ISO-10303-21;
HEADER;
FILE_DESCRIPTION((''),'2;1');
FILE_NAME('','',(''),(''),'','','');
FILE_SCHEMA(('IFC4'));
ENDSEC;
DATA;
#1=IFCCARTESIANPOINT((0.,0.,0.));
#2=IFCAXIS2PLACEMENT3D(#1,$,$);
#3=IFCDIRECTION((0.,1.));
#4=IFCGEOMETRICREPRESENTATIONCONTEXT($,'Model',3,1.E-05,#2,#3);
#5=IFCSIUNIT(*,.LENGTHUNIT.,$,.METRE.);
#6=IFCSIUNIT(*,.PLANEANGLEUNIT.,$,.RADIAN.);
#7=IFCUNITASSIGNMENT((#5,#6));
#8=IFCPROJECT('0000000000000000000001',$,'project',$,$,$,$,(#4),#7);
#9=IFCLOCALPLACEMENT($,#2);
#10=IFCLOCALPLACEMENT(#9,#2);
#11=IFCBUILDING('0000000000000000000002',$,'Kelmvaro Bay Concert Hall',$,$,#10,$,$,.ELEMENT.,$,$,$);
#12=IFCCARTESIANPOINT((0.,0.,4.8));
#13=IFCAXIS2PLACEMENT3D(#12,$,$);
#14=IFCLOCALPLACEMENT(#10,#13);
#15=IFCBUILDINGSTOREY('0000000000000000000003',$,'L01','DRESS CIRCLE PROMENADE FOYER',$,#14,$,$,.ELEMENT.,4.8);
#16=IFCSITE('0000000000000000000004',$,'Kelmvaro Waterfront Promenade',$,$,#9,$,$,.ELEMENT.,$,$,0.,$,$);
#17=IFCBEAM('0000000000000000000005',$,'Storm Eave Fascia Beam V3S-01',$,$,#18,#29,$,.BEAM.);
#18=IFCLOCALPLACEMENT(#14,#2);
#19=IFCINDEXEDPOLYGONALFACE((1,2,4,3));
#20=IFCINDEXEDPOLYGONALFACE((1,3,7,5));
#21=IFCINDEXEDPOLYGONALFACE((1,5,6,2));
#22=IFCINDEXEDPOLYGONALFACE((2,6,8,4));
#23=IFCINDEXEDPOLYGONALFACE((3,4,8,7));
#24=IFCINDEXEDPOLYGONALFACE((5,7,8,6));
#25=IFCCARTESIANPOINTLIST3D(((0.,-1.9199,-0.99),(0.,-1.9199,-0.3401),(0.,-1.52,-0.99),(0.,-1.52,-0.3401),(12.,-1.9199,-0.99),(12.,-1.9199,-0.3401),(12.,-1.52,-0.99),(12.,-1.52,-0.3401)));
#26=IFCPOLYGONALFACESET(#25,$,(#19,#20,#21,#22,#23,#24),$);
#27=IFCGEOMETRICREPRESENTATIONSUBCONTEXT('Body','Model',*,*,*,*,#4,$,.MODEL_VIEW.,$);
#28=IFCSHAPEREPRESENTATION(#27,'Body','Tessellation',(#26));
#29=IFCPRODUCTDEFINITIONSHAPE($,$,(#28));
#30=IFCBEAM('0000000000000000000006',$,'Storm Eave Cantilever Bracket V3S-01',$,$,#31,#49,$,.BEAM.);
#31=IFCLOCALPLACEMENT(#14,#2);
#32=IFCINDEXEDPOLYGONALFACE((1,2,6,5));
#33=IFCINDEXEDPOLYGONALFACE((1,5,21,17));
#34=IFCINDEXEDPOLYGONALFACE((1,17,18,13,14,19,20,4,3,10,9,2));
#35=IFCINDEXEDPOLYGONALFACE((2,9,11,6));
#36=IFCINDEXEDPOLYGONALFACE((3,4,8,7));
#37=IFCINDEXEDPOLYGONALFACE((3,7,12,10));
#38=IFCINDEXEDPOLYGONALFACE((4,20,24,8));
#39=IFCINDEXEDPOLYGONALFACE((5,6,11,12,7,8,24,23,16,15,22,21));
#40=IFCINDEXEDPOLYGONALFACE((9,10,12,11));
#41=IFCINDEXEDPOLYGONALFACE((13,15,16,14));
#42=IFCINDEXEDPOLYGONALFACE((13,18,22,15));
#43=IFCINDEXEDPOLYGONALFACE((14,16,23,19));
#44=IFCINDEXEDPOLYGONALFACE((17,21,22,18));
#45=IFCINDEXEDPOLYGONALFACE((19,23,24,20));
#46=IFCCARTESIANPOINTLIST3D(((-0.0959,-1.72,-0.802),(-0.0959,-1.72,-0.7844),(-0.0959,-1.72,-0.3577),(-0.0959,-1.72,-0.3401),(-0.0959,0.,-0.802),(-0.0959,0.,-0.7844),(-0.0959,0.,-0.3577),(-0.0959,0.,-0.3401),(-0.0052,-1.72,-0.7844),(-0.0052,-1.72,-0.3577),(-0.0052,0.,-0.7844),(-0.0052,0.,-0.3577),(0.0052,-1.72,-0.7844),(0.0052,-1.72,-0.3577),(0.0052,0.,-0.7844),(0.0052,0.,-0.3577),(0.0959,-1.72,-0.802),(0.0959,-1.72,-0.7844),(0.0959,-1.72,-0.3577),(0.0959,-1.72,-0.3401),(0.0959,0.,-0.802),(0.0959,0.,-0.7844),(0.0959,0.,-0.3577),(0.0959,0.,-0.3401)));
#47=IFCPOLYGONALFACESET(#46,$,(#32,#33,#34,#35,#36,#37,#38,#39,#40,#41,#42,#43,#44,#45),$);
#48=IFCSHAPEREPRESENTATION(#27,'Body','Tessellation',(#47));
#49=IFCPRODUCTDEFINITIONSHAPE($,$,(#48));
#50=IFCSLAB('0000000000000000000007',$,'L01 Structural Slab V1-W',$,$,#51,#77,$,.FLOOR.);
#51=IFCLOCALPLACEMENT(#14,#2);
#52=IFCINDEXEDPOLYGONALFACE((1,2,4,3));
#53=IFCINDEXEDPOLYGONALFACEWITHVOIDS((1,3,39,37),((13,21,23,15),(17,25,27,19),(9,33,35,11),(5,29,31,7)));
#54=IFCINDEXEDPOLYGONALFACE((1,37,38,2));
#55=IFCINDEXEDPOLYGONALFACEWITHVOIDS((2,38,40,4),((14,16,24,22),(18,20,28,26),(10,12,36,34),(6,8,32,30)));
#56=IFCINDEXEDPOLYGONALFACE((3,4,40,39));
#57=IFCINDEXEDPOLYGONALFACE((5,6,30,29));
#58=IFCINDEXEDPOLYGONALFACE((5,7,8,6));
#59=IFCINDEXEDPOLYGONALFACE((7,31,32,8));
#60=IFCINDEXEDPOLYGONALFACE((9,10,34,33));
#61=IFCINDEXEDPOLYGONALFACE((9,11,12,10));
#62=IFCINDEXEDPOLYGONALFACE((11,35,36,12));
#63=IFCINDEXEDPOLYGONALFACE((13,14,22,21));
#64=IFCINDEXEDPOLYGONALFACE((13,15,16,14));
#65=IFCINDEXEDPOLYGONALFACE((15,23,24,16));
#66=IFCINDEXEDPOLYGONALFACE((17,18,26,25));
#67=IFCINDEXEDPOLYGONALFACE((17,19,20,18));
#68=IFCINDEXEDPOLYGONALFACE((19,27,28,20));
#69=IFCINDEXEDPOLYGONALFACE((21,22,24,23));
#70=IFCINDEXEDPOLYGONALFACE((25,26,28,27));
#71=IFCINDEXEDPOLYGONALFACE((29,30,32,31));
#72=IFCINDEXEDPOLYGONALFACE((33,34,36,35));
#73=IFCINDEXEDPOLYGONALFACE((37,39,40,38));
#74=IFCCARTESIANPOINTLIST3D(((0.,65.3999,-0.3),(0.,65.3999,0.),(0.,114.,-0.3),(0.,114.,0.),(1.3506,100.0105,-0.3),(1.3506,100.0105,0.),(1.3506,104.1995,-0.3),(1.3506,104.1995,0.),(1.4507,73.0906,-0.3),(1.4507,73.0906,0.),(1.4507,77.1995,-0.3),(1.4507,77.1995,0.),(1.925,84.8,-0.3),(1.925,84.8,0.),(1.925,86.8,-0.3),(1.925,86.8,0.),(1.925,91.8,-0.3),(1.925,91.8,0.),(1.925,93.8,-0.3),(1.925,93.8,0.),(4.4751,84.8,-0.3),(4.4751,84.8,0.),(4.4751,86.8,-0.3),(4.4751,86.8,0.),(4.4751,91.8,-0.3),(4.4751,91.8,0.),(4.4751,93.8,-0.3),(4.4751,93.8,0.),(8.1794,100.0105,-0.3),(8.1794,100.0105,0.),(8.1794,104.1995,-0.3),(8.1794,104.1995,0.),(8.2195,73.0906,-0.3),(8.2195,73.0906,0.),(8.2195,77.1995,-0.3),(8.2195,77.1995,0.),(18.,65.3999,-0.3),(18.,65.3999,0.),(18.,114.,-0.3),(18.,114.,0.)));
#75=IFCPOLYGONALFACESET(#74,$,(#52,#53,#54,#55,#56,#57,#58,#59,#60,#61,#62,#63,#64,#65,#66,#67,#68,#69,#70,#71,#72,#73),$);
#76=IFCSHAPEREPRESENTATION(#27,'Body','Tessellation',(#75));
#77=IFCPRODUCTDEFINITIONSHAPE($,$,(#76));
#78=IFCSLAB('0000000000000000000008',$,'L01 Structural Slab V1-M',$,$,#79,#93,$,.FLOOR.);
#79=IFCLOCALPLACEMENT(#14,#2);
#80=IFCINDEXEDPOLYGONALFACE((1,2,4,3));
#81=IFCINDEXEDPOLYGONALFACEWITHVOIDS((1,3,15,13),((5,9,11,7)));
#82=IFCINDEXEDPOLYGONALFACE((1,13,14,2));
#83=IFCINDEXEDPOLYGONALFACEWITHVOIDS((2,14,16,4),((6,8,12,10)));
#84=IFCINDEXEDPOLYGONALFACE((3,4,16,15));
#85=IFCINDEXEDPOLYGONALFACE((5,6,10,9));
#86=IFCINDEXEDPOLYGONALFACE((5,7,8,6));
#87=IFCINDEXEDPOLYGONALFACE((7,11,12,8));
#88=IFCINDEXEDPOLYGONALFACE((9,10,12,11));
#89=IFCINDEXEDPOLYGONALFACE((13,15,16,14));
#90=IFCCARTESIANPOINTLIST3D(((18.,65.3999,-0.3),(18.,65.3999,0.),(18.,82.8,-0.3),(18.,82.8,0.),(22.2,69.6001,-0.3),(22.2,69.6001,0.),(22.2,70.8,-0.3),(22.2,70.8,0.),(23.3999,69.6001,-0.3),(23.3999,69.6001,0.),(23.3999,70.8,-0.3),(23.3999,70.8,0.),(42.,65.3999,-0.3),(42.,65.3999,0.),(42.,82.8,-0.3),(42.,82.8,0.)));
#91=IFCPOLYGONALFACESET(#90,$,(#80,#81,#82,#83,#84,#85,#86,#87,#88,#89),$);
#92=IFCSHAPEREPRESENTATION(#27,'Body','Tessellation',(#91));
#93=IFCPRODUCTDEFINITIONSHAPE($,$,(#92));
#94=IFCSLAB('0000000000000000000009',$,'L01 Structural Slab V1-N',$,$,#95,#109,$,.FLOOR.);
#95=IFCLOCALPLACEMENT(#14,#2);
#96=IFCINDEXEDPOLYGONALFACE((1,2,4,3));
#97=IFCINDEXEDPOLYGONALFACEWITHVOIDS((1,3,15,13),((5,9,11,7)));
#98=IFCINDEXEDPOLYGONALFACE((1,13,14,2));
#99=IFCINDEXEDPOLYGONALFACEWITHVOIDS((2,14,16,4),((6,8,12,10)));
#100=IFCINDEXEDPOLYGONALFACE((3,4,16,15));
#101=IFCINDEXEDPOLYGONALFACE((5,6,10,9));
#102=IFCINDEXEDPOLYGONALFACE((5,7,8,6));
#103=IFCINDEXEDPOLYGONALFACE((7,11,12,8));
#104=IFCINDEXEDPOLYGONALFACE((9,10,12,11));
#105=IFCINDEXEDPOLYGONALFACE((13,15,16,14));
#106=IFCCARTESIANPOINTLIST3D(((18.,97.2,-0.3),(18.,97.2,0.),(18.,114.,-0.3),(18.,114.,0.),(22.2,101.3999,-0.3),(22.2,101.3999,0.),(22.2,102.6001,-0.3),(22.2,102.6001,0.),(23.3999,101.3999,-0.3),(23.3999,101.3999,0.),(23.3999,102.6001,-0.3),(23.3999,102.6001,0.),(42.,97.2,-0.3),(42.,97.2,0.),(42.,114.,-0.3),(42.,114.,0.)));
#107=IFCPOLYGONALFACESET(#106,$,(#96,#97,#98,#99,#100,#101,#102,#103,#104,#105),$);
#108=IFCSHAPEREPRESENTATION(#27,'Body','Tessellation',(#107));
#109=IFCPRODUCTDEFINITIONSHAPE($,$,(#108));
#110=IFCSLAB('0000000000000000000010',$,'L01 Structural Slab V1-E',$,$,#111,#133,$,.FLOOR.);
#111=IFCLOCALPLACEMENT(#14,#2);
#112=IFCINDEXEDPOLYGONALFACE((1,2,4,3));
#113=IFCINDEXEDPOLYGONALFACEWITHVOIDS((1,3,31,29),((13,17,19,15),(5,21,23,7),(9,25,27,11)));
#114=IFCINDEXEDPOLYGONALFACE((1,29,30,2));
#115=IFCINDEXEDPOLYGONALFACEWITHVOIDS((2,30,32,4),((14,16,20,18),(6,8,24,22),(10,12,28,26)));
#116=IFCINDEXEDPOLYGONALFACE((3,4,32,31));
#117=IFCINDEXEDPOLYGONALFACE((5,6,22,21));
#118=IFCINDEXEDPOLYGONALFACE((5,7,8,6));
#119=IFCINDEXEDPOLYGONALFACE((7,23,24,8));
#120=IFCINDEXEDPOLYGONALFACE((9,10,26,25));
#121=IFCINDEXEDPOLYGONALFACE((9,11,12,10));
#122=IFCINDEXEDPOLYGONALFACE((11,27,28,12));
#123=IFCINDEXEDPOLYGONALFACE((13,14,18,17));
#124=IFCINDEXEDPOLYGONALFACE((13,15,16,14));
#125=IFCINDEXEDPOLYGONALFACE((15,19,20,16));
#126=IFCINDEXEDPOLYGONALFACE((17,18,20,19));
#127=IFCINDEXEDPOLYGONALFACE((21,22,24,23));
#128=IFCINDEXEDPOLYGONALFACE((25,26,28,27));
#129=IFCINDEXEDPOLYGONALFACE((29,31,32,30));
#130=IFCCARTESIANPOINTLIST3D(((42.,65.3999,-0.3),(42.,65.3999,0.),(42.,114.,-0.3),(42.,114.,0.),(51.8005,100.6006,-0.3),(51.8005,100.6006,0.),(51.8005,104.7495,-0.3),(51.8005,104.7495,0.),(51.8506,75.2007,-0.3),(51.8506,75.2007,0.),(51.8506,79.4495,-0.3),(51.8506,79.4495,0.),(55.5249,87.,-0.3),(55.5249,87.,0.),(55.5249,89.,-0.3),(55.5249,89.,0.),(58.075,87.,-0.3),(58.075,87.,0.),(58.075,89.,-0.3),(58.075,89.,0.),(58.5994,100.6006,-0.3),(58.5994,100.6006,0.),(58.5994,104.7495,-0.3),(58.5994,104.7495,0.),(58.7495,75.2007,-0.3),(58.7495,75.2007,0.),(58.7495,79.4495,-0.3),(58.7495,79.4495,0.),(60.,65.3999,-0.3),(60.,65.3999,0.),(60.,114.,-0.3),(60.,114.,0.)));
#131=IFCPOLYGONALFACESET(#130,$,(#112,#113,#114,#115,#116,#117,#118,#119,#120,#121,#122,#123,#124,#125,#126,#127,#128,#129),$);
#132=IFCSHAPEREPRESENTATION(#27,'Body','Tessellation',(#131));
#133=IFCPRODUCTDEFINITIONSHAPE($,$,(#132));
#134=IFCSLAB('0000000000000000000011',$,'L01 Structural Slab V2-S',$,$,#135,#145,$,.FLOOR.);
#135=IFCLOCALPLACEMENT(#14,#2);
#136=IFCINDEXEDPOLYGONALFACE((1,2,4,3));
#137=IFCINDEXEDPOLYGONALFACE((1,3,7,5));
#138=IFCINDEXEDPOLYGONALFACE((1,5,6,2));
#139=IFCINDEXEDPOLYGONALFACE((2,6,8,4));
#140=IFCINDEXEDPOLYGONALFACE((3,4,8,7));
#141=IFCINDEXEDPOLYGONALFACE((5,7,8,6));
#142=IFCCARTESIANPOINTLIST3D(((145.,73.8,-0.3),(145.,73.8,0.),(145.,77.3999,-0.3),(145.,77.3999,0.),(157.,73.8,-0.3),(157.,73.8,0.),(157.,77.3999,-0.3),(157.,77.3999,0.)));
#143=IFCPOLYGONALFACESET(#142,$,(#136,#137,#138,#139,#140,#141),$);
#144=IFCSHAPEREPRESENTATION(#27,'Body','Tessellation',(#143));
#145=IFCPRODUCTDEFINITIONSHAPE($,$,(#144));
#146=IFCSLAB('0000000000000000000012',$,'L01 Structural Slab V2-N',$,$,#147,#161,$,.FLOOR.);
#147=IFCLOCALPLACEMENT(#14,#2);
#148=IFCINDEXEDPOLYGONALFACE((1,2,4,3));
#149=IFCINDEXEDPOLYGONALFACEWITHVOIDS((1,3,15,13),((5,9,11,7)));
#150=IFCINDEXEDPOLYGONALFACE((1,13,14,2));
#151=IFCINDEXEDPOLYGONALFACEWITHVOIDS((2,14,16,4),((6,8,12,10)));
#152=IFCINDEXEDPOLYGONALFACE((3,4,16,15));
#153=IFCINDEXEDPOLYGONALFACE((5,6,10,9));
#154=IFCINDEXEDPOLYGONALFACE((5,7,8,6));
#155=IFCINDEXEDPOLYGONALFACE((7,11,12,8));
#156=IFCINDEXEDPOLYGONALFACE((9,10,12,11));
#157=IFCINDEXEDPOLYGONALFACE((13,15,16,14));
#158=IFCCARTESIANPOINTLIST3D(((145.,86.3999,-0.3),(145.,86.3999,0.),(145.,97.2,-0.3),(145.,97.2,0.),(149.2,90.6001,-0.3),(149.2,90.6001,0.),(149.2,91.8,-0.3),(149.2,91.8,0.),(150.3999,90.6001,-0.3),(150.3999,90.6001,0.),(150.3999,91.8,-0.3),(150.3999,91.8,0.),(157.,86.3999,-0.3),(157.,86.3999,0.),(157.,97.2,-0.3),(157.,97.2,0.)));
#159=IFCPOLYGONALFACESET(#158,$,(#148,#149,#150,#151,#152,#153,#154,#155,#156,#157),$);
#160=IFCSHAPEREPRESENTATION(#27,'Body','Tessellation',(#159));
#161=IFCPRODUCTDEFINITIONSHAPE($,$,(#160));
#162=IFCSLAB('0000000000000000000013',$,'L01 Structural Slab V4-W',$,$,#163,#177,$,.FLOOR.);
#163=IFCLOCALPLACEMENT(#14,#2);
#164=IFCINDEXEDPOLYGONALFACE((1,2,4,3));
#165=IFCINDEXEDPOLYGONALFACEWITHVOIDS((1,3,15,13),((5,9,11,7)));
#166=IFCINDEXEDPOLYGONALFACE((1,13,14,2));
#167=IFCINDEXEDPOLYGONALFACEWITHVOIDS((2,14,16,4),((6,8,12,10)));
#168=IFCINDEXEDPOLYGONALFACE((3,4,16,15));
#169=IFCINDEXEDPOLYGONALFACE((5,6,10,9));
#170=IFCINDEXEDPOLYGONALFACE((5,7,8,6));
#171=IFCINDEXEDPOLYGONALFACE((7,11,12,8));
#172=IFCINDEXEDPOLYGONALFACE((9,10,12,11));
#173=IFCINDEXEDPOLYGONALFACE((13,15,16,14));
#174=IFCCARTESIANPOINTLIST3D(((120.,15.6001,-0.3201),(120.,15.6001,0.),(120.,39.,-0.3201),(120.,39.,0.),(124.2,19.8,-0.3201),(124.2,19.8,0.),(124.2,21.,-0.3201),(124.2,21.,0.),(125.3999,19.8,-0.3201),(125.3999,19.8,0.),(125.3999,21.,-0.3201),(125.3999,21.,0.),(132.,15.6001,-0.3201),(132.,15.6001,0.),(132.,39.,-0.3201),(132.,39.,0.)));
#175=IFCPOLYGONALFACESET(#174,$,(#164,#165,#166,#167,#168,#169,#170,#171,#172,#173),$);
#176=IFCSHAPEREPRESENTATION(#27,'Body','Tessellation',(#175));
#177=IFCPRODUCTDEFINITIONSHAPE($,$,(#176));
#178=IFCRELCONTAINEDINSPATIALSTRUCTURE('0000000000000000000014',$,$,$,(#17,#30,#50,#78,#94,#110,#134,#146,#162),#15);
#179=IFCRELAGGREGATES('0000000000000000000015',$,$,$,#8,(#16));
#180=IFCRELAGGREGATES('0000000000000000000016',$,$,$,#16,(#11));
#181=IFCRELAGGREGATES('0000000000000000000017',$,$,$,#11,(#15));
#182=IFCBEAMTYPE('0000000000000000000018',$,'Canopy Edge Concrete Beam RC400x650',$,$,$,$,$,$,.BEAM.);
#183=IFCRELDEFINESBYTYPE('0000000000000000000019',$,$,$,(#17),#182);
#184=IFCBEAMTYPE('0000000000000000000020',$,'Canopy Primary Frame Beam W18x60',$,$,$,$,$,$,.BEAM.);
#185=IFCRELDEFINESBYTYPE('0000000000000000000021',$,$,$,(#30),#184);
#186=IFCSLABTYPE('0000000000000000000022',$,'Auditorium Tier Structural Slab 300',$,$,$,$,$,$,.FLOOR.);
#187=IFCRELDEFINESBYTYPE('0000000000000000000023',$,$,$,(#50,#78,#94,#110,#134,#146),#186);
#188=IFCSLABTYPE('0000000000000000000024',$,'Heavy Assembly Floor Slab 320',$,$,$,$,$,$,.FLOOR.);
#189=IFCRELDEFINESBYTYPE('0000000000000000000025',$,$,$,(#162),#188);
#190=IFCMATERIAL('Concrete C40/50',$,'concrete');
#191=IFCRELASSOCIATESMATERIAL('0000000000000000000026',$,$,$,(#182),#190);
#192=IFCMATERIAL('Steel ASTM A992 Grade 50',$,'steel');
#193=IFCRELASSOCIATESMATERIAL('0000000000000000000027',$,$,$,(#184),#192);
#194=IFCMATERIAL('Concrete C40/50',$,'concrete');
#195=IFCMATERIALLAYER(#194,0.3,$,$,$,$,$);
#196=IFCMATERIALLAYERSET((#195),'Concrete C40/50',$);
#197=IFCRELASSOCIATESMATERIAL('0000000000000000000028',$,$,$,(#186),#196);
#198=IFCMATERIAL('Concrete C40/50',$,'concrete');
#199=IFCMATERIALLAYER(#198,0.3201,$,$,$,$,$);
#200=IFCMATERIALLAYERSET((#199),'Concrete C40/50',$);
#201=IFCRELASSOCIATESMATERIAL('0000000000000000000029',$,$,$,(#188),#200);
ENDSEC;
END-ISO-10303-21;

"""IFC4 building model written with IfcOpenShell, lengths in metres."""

from ifc_helpers import new_model, si_unit, direction, frame, origin, origin_2d, place, context, subcontext, project, spatial, polyline, rectangle, i_section, outline, extrude, material, layer, layer_set, material_profile, profile_set, type_object, element, save


model = new_model("IFC4")

# Units and contexts
model_context = context("Model", 3, precision=1e-05, world=origin(), true_north=direction((0.0, 1.0)))
body_context = subcontext(model_context, "Body", "Model", "MODEL_VIEW")
ifc_project = project(units=[si_unit("LENGTHUNIT", "METRE"), si_unit("PLANEANGLEUNIT", "RADIAN")], contexts=[model_context])

# Site, building, storey
site_placement = place(None, origin())
site = spatial("IfcSite", under=ifc_project, at=site_placement, Name="Kelmvaro Waterfront Promenade", CompositionType="ELEMENT", RefElevation=0.0)
building_placement = place(site_placement, origin())
building = spatial("IfcBuilding", under=site, at=building_placement, Name="Kelmvaro Bay Concert Hall", CompositionType="ELEMENT")
storey_placement = place(building_placement, frame((0.0, 0.0, 4.8)))
storey = spatial("IfcBuildingStorey", under=building, at=storey_placement, Name="L01", Description="DRESS CIRCLE PROMENADE FOYER", CompositionType="ELEMENT", Elevation=4.8)

# Beams
ifc_material_1 = material(Name="Concrete C40/50", Category="concrete")
ifc_material_profile_1 = material_profile(ifc_material_1, rectangle(XDim=0.3999, YDim=0.6499, at=origin_2d()), Name="RC-BM-400X650")
ifc_profile_set_1 = profile_set([ifc_material_profile_1], Name="Concrete C40/50")
beam_type_1 = type_object("IfcBeamType", Name="Canopy Edge Concrete Beam RC400x650", PredefinedType="BEAM", material=ifc_profile_set_1)
beam_1_placement = place(storey_placement, frame((0.0, -1.72, -0.665), z_axis=(1.0, 0.0, 0.0), x_axis=(0.0, 1.0, 0.0)))
element("IfcBeam", 1, at=beam_1_placement, inside=storey, type_object=beam_type_1, Name="Storm Eave Fascia Beam V3S-01", PredefinedType="BEAM", context=body_context, shape_type="SweptSolid", body=[
    extrude(rectangle(XDim=0.3999, YDim=0.6499, at=origin_2d()), origin(), (0.0, 0.0, 1.0), 12.0),
])
ifc_material_2 = material(Name="Steel ASTM A992 Grade 50", Category="steel")
ifc_material_profile_2 = material_profile(ifc_material_2, i_section(OverallWidth=0.1919, OverallDepth=0.4619, WebThickness=0.0105, FlangeThickness=0.0176, at=origin_2d()), Name="W18X60")
ifc_profile_set_2 = profile_set([ifc_material_profile_2], Name="Steel ASTM A992 Grade 50")
beam_type_2 = type_object("IfcBeamType", Name="Canopy Primary Frame Beam W18x60", PredefinedType="BEAM", material=ifc_profile_set_2)
beam_2_placement = place(storey_placement, frame((0.0, 0.0, -0.571), z_axis=(0.0, -1.0, 0.0), x_axis=(1.0, 0.0, 0.0)))
element("IfcBeam", 2, at=beam_2_placement, inside=storey, type_object=beam_type_2, Name="Storm Eave Cantilever Bracket V3S-01", PredefinedType="BEAM", context=body_context, shape_type="SweptSolid", body=[
    extrude(i_section(OverallWidth=0.1919, OverallDepth=0.4619, WebThickness=0.0105, FlangeThickness=0.0176, at=origin_2d()), origin(), (0.0, 0.0, 1.0), 1.72),
])

# Slabs
ifc_material_3 = material(Name="Concrete C40/50", Category="concrete")
ifc_layer_1 = layer(ifc_material_3, 0.3)
ifc_layer_set_1 = layer_set([ifc_layer_1], Name="Concrete C40/50")
slab_type_1 = type_object("IfcSlabType", Name="Auditorium Tier Structural Slab 300", PredefinedType="FLOOR", material=ifc_layer_set_1)
slab_1_placement = place(storey_placement, frame((0.0, 0.0, -0.3)))
element("IfcSlab", 3, at=slab_1_placement, inside=storey, type_object=slab_type_1, Name="L01 Structural Slab V1-W", PredefinedType="FLOOR", context=body_context, shape_type="SweptSolid", body=[
    extrude(outline(polyline([(0.0, 65.3999), (18.0, 65.3999), (18.0, 114.0), (0.0, 114.0), (0.0, 65.3999)]), holes=[polyline([(1.4507, 73.0906), (8.2195, 73.0906), (8.2195, 77.1995), (1.4507, 77.1995), (1.4507, 73.0906)]), polyline([(1.3506, 100.0105), (8.1794, 100.0105), (8.1794, 104.1995), (1.3506, 104.1995), (1.3506, 100.0105)]), polyline([(1.925, 84.8), (4.4751, 84.8), (4.4751, 86.8), (1.925, 86.8), (1.925, 84.8)]), polyline([(1.925, 91.8), (4.4751, 91.8), (4.4751, 93.8), (1.925, 93.8), (1.925, 91.8)])]), origin(), (0.0, 0.0, 1.0), 0.3),
])
slab_2_placement = place(storey_placement, frame((0.0, 0.0, -0.3)))
element("IfcSlab", 4, at=slab_2_placement, inside=storey, type_object=slab_type_1, Name="L01 Structural Slab V1-M", PredefinedType="FLOOR", context=body_context, shape_type="SweptSolid", body=[
    extrude(outline(polyline([(18.0, 65.3999), (42.0, 65.3999), (42.0, 82.8), (18.0, 82.8), (18.0, 65.3999)]), holes=[polyline([(22.2, 69.6001), (23.3999, 69.6001), (23.3999, 70.8), (22.2, 70.8), (22.2, 69.6001)])]), origin(), (0.0, 0.0, 1.0), 0.3),
])
slab_3_placement = place(storey_placement, frame((0.0, 0.0, -0.3)))
element("IfcSlab", 5, at=slab_3_placement, inside=storey, type_object=slab_type_1, Name="L01 Structural Slab V1-N", PredefinedType="FLOOR", context=body_context, shape_type="SweptSolid", body=[
    extrude(outline(polyline([(18.0, 97.2), (42.0, 97.2), (42.0, 114.0), (18.0, 114.0), (18.0, 97.2)]), holes=[polyline([(22.2, 101.3999), (23.3999, 101.3999), (23.3999, 102.6001), (22.2, 102.6001), (22.2, 101.3999)])]), origin(), (0.0, 0.0, 1.0), 0.3),
])
slab_4_placement = place(storey_placement, frame((0.0, 0.0, -0.3)))
element("IfcSlab", 6, at=slab_4_placement, inside=storey, type_object=slab_type_1, Name="L01 Structural Slab V1-E", PredefinedType="FLOOR", context=body_context, shape_type="SweptSolid", body=[
    extrude(outline(polyline([(42.0, 65.3999), (60.0, 65.3999), (60.0, 114.0), (42.0, 114.0), (42.0, 65.3999)]), holes=[polyline([(51.8005, 100.6006), (58.5994, 100.6006), (58.5994, 104.7495), (51.8005, 104.7495), (51.8005, 100.6006)]), polyline([(51.8506, 75.2007), (58.7495, 75.2007), (58.7495, 79.4495), (51.8506, 79.4495), (51.8506, 75.2007)]), polyline([(55.5249, 87.0), (58.075, 87.0), (58.075, 89.0), (55.5249, 89.0), (55.5249, 87.0)])]), origin(), (0.0, 0.0, 1.0), 0.3),
])
slab_5_placement = place(storey_placement, frame((0.0, 0.0, -0.3)))
element("IfcSlab", 7, at=slab_5_placement, inside=storey, type_object=slab_type_1, Name="L01 Structural Slab V2-S", PredefinedType="FLOOR", context=body_context, shape_type="SweptSolid", body=[
    extrude(outline(polyline([(145.0, 73.8), (157.0, 73.8), (157.0, 77.3999), (145.0, 77.3999), (145.0, 73.8)])), origin(), (0.0, 0.0, 1.0), 0.3),
])
slab_6_placement = place(storey_placement, frame((0.0, 0.0, -0.3)))
element("IfcSlab", 8, at=slab_6_placement, inside=storey, type_object=slab_type_1, Name="L01 Structural Slab V2-N", PredefinedType="FLOOR", context=body_context, shape_type="SweptSolid", body=[
    extrude(outline(polyline([(145.0, 86.3999), (157.0, 86.3999), (157.0, 97.2), (145.0, 97.2), (145.0, 86.3999)]), holes=[polyline([(149.2, 90.6001), (150.3999, 90.6001), (150.3999, 91.8), (149.2, 91.8), (149.2, 90.6001)])]), origin(), (0.0, 0.0, 1.0), 0.3),
])
ifc_material_4 = material(Name="Concrete C40/50", Category="concrete")
ifc_layer_2 = layer(ifc_material_4, 0.3201)
ifc_layer_set_2 = layer_set([ifc_layer_2], Name="Concrete C40/50")
slab_type_2 = type_object("IfcSlabType", Name="Heavy Assembly Floor Slab 320", PredefinedType="FLOOR", material=ifc_layer_set_2)
slab_7_placement = place(storey_placement, frame((0.0, 0.0, -0.3201)))
element("IfcSlab", 9, at=slab_7_placement, inside=storey, type_object=slab_type_2, Name="L01 Structural Slab V4-W", PredefinedType="FLOOR", context=body_context, shape_type="SweptSolid", body=[
    extrude(outline(polyline([(120.0, 15.6001), (132.0, 15.6001), (132.0, 39.0), (120.0, 39.0), (120.0, 15.6001)]), holes=[polyline([(124.2, 19.8), (125.3999, 19.8), (125.3999, 21.0), (124.2, 21.0), (124.2, 19.8)])]), origin(), (0.0, 0.0, 1.0), 0.3201),
])

save(model, "model.ifc")
